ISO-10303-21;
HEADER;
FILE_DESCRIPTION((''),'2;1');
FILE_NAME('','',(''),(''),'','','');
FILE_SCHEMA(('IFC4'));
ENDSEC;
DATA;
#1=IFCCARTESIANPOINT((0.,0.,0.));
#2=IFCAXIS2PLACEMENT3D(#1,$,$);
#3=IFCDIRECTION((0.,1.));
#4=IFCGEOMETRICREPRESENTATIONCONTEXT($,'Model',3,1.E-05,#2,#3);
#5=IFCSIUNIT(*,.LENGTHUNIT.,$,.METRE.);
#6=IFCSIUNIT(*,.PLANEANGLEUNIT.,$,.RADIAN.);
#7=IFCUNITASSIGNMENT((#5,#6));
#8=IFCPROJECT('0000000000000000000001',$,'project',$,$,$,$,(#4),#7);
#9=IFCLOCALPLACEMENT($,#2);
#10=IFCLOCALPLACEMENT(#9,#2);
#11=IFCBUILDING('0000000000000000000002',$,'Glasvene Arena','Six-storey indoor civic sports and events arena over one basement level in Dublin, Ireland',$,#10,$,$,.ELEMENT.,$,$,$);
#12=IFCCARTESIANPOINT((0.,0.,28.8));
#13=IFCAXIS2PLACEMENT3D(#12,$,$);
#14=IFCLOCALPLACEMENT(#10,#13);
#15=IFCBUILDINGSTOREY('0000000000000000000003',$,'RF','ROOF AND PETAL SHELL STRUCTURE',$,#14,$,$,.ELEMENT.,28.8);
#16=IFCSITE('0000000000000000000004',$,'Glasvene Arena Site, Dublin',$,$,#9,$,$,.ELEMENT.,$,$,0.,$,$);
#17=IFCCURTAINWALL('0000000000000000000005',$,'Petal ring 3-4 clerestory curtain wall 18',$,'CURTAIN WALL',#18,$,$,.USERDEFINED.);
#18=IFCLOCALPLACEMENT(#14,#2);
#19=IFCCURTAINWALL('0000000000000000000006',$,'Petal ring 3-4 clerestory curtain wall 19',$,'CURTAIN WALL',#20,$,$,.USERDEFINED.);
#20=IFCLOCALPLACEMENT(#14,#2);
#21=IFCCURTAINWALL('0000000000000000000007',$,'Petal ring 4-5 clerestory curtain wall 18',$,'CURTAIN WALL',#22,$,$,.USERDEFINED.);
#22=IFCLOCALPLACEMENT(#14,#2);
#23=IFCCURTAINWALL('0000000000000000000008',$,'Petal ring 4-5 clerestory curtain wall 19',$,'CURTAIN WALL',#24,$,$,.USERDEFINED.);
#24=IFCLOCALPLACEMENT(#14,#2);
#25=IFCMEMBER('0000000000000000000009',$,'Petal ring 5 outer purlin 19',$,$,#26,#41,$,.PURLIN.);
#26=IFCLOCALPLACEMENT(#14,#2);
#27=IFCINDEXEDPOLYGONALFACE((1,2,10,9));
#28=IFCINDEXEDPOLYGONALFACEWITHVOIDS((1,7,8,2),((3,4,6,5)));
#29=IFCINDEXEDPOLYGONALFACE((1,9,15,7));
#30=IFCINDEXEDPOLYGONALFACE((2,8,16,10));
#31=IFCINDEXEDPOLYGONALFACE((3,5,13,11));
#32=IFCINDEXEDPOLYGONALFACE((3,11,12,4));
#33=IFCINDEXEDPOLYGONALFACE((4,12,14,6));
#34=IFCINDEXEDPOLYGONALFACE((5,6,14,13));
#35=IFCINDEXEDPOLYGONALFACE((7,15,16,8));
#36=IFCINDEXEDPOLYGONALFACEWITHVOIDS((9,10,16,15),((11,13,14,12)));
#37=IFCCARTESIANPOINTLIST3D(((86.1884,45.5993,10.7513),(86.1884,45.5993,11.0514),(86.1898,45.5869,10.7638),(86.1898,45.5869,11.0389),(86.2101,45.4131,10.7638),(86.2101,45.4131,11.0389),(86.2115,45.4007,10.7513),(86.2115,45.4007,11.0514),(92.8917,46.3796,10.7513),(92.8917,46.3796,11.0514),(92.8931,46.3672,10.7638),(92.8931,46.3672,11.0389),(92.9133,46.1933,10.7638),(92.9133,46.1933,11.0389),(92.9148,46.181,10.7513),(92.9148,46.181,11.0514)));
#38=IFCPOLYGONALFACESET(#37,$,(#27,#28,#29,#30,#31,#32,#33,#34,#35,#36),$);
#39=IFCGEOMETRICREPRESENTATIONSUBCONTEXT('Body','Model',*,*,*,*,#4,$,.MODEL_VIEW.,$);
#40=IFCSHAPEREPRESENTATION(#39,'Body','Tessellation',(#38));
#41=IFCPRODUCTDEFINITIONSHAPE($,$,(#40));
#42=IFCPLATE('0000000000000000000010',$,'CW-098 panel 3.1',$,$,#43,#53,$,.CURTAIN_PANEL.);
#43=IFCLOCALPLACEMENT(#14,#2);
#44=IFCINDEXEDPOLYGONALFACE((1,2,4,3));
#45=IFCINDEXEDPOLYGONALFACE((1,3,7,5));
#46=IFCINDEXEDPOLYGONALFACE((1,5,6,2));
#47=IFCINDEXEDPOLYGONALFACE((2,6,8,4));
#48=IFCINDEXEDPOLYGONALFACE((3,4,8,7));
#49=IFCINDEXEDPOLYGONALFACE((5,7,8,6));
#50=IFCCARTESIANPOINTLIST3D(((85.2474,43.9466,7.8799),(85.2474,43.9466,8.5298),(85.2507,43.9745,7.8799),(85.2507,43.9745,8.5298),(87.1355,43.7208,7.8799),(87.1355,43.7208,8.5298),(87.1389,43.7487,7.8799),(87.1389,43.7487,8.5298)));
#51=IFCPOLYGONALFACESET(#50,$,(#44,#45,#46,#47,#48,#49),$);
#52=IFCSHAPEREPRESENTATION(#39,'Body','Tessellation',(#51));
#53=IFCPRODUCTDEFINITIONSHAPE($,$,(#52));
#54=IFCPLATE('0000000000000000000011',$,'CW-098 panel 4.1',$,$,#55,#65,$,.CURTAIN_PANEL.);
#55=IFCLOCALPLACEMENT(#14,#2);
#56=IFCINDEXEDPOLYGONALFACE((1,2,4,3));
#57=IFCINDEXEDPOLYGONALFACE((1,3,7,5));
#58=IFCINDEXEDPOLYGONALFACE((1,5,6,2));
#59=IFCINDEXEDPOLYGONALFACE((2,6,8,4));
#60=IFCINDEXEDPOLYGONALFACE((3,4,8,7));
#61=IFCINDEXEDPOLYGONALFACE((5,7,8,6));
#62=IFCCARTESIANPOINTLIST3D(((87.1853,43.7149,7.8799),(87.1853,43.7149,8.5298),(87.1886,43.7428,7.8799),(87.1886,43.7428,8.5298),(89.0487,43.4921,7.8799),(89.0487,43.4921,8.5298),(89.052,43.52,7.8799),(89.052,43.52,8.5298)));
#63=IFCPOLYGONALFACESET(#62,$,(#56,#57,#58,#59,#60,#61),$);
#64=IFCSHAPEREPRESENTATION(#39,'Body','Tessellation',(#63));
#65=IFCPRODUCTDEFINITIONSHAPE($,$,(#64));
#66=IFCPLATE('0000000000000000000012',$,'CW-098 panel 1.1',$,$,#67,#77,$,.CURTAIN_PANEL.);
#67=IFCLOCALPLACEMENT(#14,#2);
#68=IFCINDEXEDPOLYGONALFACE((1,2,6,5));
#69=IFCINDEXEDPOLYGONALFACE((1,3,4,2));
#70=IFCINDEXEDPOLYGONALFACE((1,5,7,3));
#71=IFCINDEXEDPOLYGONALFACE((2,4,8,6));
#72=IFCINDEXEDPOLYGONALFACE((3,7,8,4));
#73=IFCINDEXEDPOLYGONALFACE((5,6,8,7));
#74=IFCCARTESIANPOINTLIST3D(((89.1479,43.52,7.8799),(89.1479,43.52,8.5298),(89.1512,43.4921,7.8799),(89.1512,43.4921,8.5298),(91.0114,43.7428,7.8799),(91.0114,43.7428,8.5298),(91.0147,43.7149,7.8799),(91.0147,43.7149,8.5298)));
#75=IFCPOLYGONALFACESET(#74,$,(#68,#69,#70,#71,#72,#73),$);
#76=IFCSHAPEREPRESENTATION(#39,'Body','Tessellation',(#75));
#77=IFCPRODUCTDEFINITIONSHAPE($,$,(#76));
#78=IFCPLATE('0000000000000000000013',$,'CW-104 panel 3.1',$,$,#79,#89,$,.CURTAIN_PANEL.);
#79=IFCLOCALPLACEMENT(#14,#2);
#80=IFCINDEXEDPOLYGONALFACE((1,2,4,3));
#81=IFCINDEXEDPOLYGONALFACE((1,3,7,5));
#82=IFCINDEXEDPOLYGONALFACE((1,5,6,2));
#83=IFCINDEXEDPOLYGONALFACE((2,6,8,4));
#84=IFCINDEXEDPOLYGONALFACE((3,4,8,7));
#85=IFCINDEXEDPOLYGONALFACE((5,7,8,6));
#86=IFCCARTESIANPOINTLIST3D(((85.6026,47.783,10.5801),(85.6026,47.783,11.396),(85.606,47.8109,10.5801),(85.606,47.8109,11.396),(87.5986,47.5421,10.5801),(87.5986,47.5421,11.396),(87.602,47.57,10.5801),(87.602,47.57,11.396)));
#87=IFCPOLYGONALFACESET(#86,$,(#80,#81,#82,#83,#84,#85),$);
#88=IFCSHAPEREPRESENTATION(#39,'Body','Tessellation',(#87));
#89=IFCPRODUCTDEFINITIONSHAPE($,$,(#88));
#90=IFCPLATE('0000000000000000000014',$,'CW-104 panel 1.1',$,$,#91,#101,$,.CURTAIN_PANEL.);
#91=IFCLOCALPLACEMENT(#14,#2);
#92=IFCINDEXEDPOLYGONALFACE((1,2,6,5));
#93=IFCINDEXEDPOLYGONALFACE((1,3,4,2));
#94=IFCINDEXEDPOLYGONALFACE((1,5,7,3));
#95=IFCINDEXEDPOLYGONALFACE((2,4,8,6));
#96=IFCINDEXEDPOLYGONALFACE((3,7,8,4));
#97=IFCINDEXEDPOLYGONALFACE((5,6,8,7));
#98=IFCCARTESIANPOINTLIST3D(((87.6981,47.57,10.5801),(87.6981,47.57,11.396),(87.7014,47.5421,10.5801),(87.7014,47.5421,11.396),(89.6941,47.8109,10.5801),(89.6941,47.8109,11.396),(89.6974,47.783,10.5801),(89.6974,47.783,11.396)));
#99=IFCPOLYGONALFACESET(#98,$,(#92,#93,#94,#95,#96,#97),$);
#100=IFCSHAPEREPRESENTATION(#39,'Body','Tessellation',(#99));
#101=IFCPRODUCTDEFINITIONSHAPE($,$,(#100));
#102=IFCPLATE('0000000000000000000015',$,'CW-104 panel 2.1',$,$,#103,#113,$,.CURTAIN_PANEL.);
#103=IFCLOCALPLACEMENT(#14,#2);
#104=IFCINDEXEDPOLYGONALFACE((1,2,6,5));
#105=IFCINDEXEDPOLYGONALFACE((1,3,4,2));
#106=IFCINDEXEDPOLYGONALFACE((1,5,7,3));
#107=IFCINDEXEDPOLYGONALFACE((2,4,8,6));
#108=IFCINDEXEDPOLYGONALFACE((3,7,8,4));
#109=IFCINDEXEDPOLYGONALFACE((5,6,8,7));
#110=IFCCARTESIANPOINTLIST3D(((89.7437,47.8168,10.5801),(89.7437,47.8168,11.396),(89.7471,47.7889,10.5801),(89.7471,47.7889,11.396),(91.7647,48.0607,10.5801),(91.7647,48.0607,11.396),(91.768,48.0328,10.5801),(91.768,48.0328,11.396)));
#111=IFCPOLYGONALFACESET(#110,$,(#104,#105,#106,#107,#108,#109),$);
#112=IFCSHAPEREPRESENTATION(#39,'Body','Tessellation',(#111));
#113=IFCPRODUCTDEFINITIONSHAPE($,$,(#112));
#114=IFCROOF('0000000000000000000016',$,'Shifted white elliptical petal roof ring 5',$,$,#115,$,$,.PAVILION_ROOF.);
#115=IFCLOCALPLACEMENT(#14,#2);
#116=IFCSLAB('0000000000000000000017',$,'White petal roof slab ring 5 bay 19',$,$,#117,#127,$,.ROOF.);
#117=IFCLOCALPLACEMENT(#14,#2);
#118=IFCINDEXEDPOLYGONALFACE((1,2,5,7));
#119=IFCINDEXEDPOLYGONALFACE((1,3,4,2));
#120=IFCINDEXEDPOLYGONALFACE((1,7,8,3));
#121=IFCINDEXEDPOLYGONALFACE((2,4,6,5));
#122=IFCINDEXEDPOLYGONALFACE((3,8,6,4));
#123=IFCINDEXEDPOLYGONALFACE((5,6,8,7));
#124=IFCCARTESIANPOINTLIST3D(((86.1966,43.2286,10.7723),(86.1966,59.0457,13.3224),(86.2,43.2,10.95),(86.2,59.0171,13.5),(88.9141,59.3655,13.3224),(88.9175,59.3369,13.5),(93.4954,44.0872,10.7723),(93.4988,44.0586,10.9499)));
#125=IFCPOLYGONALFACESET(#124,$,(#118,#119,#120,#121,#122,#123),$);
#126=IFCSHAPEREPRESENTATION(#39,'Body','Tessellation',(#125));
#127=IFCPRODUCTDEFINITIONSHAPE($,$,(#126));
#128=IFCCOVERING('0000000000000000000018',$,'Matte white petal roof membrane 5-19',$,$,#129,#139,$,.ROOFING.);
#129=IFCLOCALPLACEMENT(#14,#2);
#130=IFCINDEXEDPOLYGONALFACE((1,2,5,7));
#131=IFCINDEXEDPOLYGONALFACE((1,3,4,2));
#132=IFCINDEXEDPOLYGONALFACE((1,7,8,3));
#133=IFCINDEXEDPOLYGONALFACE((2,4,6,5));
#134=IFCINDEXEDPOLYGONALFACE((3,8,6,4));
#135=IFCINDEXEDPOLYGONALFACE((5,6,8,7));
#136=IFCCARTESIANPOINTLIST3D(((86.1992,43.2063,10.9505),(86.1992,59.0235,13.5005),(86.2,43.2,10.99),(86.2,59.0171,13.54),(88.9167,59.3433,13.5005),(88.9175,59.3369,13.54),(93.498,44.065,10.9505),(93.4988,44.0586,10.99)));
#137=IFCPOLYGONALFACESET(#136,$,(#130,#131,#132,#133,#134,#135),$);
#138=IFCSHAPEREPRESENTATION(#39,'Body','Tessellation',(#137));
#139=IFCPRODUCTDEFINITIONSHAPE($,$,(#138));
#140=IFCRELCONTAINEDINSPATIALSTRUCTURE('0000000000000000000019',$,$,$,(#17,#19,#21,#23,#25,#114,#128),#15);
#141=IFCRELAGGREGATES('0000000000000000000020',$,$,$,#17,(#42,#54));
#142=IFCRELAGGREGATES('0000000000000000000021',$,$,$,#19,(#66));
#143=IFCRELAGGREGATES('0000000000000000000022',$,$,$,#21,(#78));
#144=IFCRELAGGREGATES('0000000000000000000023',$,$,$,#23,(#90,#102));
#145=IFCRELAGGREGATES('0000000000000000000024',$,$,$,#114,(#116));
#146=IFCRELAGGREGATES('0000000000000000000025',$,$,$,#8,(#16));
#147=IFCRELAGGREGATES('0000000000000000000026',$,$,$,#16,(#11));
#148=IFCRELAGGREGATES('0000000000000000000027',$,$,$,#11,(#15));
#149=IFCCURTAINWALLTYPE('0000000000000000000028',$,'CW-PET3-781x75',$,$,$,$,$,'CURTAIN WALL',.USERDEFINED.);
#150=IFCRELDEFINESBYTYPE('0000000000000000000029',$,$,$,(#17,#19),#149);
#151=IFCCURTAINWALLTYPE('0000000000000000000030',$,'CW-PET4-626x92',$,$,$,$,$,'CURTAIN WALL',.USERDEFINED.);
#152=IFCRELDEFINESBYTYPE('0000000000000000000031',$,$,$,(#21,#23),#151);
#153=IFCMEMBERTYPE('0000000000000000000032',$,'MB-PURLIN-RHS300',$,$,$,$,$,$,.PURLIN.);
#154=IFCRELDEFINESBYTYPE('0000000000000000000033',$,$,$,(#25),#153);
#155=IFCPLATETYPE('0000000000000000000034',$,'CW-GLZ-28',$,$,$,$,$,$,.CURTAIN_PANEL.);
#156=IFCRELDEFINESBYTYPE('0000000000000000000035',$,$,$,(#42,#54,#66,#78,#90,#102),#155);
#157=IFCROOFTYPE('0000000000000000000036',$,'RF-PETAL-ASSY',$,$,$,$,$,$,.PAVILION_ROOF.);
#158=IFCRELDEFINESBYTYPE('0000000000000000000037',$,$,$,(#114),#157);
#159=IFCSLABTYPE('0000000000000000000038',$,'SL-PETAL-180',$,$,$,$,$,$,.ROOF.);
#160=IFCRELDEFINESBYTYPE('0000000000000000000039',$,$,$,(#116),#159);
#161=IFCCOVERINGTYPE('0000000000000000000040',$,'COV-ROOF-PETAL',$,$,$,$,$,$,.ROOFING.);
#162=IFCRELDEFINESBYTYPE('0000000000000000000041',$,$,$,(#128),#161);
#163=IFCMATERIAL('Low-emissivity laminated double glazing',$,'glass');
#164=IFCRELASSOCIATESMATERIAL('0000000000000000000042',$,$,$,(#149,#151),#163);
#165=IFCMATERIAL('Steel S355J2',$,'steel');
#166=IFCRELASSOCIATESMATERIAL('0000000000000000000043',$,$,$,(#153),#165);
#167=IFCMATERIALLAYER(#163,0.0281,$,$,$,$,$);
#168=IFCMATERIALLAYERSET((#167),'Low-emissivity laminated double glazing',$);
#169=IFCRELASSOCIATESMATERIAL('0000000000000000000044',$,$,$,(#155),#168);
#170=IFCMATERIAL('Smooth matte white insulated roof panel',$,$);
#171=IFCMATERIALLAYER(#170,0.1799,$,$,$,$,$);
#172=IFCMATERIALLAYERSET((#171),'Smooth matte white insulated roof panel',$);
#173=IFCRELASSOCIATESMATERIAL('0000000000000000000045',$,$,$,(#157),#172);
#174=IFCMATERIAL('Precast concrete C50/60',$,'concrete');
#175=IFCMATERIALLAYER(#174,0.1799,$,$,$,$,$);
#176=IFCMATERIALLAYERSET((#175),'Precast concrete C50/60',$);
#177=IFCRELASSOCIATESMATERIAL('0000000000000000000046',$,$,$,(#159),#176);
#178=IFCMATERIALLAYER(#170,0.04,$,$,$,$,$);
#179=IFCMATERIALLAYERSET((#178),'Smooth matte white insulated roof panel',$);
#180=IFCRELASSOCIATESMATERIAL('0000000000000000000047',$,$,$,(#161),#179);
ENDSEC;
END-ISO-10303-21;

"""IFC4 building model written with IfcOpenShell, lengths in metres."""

from ifc_helpers import new_model, si_unit, direction, frame, origin, origin_2d, place, context, subcontext, project, spatial, polyline, rectangle, hollow_rectangle, outline, extrude, material, layer, layer_set, material_profile, profile_set, type_object, element, aggregate, save


model = new_model("IFC4")

# Units and contexts
model_context = context("Model", 3, precision=1e-05, world=origin(), true_north=direction((0.0, 1.0)))
body_context = subcontext(model_context, "Body", "Model", "MODEL_VIEW")
ifc_project = project(units=[si_unit("LENGTHUNIT", "METRE"), si_unit("PLANEANGLEUNIT", "RADIAN")], contexts=[model_context])

# Site, building, storey
site_placement = place(None, origin())
site = spatial("IfcSite", under=ifc_project, at=site_placement, Name="Glasvene Arena Site, Dublin", CompositionType="ELEMENT", RefElevation=0.0)
building_placement = place(site_placement, origin())
building = spatial("IfcBuilding", under=site, at=building_placement, Name="Glasvene Arena", Description="Six-storey indoor civic sports and events arena over one basement level in Dublin, Ireland", CompositionType="ELEMENT")
storey_placement = place(building_placement, frame((0.0, 0.0, 28.8)))
storey = spatial("IfcBuildingStorey", under=building, at=storey_placement, Name="RF", Description="ROOF AND PETAL SHELL STRUCTURE", CompositionType="ELEMENT", Elevation=28.8)

# Curtain walls
ifc_material_1 = material(Name="Low-emissivity laminated double glazing", Category="glass")
curtain_wall_type_1 = type_object("IfcCurtainWallType", Name="CW-PET3-781x75", ElementType="CURTAIN WALL", PredefinedType="USERDEFINED", material=ifc_material_1)
curtain_wall_1_placement = place(storey_placement, frame((81.3484, 44.4268, 0.0)))
curtain_wall_1 = element("IfcCurtainWall", 1, at=curtain_wall_1_placement, inside=storey, type_object=curtain_wall_type_1, Name="Petal ring 3-4 clerestory curtain wall 18", ObjectType="CURTAIN WALL", PredefinedType="USERDEFINED")
curtain_wall_2_placement = place(storey_placement, frame((89.1001, 43.5, 0.0)))
curtain_wall_2 = element("IfcCurtainWall", 2, at=curtain_wall_2_placement, inside=storey, type_object=curtain_wall_type_1, Name="Petal ring 3-4 clerestory curtain wall 19", ObjectType="CURTAIN WALL", PredefinedType="USERDEFINED")
curtain_wall_type_2 = type_object("IfcCurtainWallType", Name="CW-PET4-626x92", ElementType="CURTAIN WALL", PredefinedType="USERDEFINED", material=ifc_material_1)
curtain_wall_3_placement = place(storey_placement, frame((81.4382, 48.2996, 0.0)))
curtain_wall_3 = element("IfcCurtainWall", 3, at=curtain_wall_3_placement, inside=storey, type_object=curtain_wall_type_2, Name="Petal ring 4-5 clerestory curtain wall 18", ObjectType="CURTAIN WALL", PredefinedType="USERDEFINED")
curtain_wall_4_placement = place(storey_placement, frame((87.6499, 47.55, 0.0)))
curtain_wall_4 = element("IfcCurtainWall", 4, at=curtain_wall_4_placement, inside=storey, type_object=curtain_wall_type_2, Name="Petal ring 4-5 clerestory curtain wall 19", ObjectType="CURTAIN WALL", PredefinedType="USERDEFINED")

# Member
ifc_material_2 = material(Name="Steel S355J2", Category="steel")
ifc_material_profile_1 = material_profile(ifc_material_2, hollow_rectangle(XDim=0.2, YDim=0.3, WallThickness=0.0125, at=origin_2d()), Name="RHS 300x200x12.5")
ifc_profile_set_1 = profile_set([ifc_material_profile_1], Name="Steel S355J2")
member_type_1 = type_object("IfcMemberType", Name="MB-PURLIN-RHS300", PredefinedType="PURLIN", material=ifc_profile_set_1)
member_1_placement = place(storey_placement, frame((86.2, 45.5, 10.9014), z_axis=(0.993294, 0.11562, 0.0), x_axis=(-0.11562, 0.993294, 0.0)))
element("IfcMember", 5, at=member_1_placement, inside=storey, type_object=member_type_1, Name="Petal ring 5 outer purlin 19", PredefinedType="PURLIN", context=body_context, shape_type="SweptSolid", body=[
    extrude(hollow_rectangle(XDim=0.2, YDim=0.3, WallThickness=0.0125, at=origin_2d()), origin(), (0.0, 0.0, 1.0), 6.7485),
])

# Plates
ifc_layer_1 = layer(ifc_material_1, 0.0281)
ifc_layer_set_1 = layer_set([ifc_layer_1], Name="Low-emissivity laminated double glazing")
plate_type = type_object("IfcPlateType", Name="CW-GLZ-28", PredefinedType="CURTAIN_PANEL", material=ifc_layer_set_1)
plate_1_placement = place(storey_placement, frame((86.1931, 43.8477, 7.8799), z_axis=(0.0, 0.0, 1.0), x_axis=(0.992928, -0.118717, 0.0)))
plate_1 = element("IfcPlate", 6, at=plate_1_placement, type_object=plate_type, Name="CW-098 panel 3.1", PredefinedType="CURTAIN_PANEL", context=body_context, shape_type="SweptSolid", body=[
    extrude(rectangle(XDim=1.9016, YDim=0.0281, at=origin_2d()), origin(), (0.0, 0.0, 1.0), 0.6499),
])
plate_2_placement = place(storey_placement, frame((88.1187, 43.6174, 7.8799), z_axis=(0.0, 0.0, 1.0), x_axis=(0.992928, -0.118717, 0.0)))
plate_2 = element("IfcPlate", 7, at=plate_2_placement, type_object=plate_type, Name="CW-098 panel 4.1", PredefinedType="CURTAIN_PANEL", context=body_context, shape_type="SweptSolid", body=[
    extrude(rectangle(XDim=1.8767, YDim=0.0281, at=origin_2d()), origin(), (0.0, 0.0, 1.0), 0.6499),
])
aggregate(curtain_wall_1, [plate_1, plate_2])
plate_3_placement = place(storey_placement, frame((90.0813, 43.6174, 7.8799), z_axis=(0.0, 0.0, 1.0), x_axis=(0.992928, 0.118717, 0.0)))
plate_3 = element("IfcPlate", 8, at=plate_3_placement, type_object=plate_type, Name="CW-098 panel 1.1", PredefinedType="CURTAIN_PANEL", context=body_context, shape_type="SweptSolid", body=[
    extrude(rectangle(XDim=1.8767, YDim=0.0281, at=origin_2d()), origin(), (0.0, 0.0, 1.0), 0.6499),
])
aggregate(curtain_wall_2, [plate_3])
plate_4_placement = place(storey_placement, frame((86.6023, 47.6765, 10.5801), z_axis=(0.0, 0.0, 1.0), x_axis=(0.992797, -0.119806, 0.0)))
plate_4 = element("IfcPlate", 9, at=plate_4_placement, type_object=plate_type, Name="CW-104 panel 3.1", PredefinedType="CURTAIN_PANEL", context=body_context, shape_type="SweptSolid", body=[
    extrude(rectangle(XDim=2.0105, YDim=0.0281, at=origin_2d()), origin(), (0.0, 0.0, 1.0), 0.8159),
])
aggregate(curtain_wall_3, [plate_4])
plate_5_placement = place(storey_placement, frame((88.6978, 47.6765, 10.5801), z_axis=(0.0, 0.0, 1.0), x_axis=(0.992797, 0.119806, 0.0)))
plate_5 = element("IfcPlate", 10, at=plate_5_placement, type_object=plate_type, Name="CW-104 panel 1.1", PredefinedType="CURTAIN_PANEL", context=body_context, shape_type="SweptSolid", body=[
    extrude(rectangle(XDim=2.0105, YDim=0.0281, at=origin_2d()), origin(), (0.0, 0.0, 1.0), 0.8159),
])
plate_6_placement = place(storey_placement, frame((90.7559, 47.9248, 10.5801), z_axis=(0.0, 0.0, 1.0), x_axis=(0.992797, 0.119806, 0.0)))
plate_6 = element("IfcPlate", 11, at=plate_6_placement, type_object=plate_type, Name="CW-104 panel 2.1", PredefinedType="CURTAIN_PANEL", context=body_context, shape_type="SweptSolid", body=[
    extrude(rectangle(XDim=2.0356, YDim=0.0281, at=origin_2d()), origin(), (0.0, 0.0, 1.0), 0.8159),
])
aggregate(curtain_wall_4, [plate_5, plate_6])

# Roof, slab
ifc_material_3 = material(Name="Smooth matte white insulated roof panel")
ifc_layer_2 = layer(ifc_material_3, 0.1799)
ifc_layer_set_2 = layer_set([ifc_layer_2], Name="Smooth matte white insulated roof panel")
roof_type = type_object("IfcRoofType", Name="RF-PETAL-ASSY", PredefinedType="PAVILION_ROOF", material=ifc_layer_set_2)
roof_placement = place(storey_placement, frame((86.2, 68.3999, 10.95)))
roof = element("IfcRoof", 12, at=roof_placement, inside=storey, type_object=roof_type, Name="Shifted white elliptical petal roof ring 5", PredefinedType="PAVILION_ROOF")
ifc_material_4 = material(Name="Precast concrete C50/60", Category="concrete")
ifc_layer_3 = layer(ifc_material_4, 0.1799)
ifc_layer_set_3 = layer_set([ifc_layer_3], Name="Precast concrete C50/60")
slab_type = type_object("IfcSlabType", Name="SL-PETAL-180", PredefinedType="ROOF", material=ifc_layer_set_3)
slab_placement = place(storey_placement, frame((86.2, 43.2, 10.95), z_axis=(0.018723, -0.159137, 0.987079), x_axis=(0.993151, 0.116836, -0.000002)))
slab = element("IfcSlab", 13, at=slab_placement, type_object=slab_type, Name="White petal roof slab ring 5 bay 19", PredefinedType="ROOF", context=body_context, shape_type="SweptSolid", body=[
    extrude(outline(polyline([(0.0, 0.0), (7.3492, 0.0), (4.5843, 15.9146), (1.848, 15.9144), (0.0, 0.0)])), origin(), (0.0, 0.0, -1.0), 0.1799),
])
aggregate(roof, [slab])

# Covering
ifc_layer_4 = layer(ifc_material_3, 0.04)
ifc_layer_set_4 = layer_set([ifc_layer_4], Name="Smooth matte white insulated roof panel")
covering_type = type_object("IfcCoveringType", Name="COV-ROOF-PETAL", PredefinedType="ROOFING", material=ifc_layer_set_4)
covering_placement = place(storey_placement, frame((86.2, 43.2, 10.99), z_axis=(0.018723, -0.159137, 0.987079), x_axis=(0.993151, 0.116836, -0.000002)))
element("IfcCovering", 14, at=covering_placement, inside=storey, type_object=covering_type, Name="Matte white petal roof membrane 5-19", PredefinedType="ROOFING", context=body_context, shape_type="SweptSolid", body=[
    extrude(outline(polyline([(0.0, 0.0), (7.3492, 0.0), (4.5843, 15.9146), (1.848, 15.9144), (0.0, 0.0)])), origin(), (0.0, 0.0, -1.0), 0.04),
])

save(model, "model.ifc")
